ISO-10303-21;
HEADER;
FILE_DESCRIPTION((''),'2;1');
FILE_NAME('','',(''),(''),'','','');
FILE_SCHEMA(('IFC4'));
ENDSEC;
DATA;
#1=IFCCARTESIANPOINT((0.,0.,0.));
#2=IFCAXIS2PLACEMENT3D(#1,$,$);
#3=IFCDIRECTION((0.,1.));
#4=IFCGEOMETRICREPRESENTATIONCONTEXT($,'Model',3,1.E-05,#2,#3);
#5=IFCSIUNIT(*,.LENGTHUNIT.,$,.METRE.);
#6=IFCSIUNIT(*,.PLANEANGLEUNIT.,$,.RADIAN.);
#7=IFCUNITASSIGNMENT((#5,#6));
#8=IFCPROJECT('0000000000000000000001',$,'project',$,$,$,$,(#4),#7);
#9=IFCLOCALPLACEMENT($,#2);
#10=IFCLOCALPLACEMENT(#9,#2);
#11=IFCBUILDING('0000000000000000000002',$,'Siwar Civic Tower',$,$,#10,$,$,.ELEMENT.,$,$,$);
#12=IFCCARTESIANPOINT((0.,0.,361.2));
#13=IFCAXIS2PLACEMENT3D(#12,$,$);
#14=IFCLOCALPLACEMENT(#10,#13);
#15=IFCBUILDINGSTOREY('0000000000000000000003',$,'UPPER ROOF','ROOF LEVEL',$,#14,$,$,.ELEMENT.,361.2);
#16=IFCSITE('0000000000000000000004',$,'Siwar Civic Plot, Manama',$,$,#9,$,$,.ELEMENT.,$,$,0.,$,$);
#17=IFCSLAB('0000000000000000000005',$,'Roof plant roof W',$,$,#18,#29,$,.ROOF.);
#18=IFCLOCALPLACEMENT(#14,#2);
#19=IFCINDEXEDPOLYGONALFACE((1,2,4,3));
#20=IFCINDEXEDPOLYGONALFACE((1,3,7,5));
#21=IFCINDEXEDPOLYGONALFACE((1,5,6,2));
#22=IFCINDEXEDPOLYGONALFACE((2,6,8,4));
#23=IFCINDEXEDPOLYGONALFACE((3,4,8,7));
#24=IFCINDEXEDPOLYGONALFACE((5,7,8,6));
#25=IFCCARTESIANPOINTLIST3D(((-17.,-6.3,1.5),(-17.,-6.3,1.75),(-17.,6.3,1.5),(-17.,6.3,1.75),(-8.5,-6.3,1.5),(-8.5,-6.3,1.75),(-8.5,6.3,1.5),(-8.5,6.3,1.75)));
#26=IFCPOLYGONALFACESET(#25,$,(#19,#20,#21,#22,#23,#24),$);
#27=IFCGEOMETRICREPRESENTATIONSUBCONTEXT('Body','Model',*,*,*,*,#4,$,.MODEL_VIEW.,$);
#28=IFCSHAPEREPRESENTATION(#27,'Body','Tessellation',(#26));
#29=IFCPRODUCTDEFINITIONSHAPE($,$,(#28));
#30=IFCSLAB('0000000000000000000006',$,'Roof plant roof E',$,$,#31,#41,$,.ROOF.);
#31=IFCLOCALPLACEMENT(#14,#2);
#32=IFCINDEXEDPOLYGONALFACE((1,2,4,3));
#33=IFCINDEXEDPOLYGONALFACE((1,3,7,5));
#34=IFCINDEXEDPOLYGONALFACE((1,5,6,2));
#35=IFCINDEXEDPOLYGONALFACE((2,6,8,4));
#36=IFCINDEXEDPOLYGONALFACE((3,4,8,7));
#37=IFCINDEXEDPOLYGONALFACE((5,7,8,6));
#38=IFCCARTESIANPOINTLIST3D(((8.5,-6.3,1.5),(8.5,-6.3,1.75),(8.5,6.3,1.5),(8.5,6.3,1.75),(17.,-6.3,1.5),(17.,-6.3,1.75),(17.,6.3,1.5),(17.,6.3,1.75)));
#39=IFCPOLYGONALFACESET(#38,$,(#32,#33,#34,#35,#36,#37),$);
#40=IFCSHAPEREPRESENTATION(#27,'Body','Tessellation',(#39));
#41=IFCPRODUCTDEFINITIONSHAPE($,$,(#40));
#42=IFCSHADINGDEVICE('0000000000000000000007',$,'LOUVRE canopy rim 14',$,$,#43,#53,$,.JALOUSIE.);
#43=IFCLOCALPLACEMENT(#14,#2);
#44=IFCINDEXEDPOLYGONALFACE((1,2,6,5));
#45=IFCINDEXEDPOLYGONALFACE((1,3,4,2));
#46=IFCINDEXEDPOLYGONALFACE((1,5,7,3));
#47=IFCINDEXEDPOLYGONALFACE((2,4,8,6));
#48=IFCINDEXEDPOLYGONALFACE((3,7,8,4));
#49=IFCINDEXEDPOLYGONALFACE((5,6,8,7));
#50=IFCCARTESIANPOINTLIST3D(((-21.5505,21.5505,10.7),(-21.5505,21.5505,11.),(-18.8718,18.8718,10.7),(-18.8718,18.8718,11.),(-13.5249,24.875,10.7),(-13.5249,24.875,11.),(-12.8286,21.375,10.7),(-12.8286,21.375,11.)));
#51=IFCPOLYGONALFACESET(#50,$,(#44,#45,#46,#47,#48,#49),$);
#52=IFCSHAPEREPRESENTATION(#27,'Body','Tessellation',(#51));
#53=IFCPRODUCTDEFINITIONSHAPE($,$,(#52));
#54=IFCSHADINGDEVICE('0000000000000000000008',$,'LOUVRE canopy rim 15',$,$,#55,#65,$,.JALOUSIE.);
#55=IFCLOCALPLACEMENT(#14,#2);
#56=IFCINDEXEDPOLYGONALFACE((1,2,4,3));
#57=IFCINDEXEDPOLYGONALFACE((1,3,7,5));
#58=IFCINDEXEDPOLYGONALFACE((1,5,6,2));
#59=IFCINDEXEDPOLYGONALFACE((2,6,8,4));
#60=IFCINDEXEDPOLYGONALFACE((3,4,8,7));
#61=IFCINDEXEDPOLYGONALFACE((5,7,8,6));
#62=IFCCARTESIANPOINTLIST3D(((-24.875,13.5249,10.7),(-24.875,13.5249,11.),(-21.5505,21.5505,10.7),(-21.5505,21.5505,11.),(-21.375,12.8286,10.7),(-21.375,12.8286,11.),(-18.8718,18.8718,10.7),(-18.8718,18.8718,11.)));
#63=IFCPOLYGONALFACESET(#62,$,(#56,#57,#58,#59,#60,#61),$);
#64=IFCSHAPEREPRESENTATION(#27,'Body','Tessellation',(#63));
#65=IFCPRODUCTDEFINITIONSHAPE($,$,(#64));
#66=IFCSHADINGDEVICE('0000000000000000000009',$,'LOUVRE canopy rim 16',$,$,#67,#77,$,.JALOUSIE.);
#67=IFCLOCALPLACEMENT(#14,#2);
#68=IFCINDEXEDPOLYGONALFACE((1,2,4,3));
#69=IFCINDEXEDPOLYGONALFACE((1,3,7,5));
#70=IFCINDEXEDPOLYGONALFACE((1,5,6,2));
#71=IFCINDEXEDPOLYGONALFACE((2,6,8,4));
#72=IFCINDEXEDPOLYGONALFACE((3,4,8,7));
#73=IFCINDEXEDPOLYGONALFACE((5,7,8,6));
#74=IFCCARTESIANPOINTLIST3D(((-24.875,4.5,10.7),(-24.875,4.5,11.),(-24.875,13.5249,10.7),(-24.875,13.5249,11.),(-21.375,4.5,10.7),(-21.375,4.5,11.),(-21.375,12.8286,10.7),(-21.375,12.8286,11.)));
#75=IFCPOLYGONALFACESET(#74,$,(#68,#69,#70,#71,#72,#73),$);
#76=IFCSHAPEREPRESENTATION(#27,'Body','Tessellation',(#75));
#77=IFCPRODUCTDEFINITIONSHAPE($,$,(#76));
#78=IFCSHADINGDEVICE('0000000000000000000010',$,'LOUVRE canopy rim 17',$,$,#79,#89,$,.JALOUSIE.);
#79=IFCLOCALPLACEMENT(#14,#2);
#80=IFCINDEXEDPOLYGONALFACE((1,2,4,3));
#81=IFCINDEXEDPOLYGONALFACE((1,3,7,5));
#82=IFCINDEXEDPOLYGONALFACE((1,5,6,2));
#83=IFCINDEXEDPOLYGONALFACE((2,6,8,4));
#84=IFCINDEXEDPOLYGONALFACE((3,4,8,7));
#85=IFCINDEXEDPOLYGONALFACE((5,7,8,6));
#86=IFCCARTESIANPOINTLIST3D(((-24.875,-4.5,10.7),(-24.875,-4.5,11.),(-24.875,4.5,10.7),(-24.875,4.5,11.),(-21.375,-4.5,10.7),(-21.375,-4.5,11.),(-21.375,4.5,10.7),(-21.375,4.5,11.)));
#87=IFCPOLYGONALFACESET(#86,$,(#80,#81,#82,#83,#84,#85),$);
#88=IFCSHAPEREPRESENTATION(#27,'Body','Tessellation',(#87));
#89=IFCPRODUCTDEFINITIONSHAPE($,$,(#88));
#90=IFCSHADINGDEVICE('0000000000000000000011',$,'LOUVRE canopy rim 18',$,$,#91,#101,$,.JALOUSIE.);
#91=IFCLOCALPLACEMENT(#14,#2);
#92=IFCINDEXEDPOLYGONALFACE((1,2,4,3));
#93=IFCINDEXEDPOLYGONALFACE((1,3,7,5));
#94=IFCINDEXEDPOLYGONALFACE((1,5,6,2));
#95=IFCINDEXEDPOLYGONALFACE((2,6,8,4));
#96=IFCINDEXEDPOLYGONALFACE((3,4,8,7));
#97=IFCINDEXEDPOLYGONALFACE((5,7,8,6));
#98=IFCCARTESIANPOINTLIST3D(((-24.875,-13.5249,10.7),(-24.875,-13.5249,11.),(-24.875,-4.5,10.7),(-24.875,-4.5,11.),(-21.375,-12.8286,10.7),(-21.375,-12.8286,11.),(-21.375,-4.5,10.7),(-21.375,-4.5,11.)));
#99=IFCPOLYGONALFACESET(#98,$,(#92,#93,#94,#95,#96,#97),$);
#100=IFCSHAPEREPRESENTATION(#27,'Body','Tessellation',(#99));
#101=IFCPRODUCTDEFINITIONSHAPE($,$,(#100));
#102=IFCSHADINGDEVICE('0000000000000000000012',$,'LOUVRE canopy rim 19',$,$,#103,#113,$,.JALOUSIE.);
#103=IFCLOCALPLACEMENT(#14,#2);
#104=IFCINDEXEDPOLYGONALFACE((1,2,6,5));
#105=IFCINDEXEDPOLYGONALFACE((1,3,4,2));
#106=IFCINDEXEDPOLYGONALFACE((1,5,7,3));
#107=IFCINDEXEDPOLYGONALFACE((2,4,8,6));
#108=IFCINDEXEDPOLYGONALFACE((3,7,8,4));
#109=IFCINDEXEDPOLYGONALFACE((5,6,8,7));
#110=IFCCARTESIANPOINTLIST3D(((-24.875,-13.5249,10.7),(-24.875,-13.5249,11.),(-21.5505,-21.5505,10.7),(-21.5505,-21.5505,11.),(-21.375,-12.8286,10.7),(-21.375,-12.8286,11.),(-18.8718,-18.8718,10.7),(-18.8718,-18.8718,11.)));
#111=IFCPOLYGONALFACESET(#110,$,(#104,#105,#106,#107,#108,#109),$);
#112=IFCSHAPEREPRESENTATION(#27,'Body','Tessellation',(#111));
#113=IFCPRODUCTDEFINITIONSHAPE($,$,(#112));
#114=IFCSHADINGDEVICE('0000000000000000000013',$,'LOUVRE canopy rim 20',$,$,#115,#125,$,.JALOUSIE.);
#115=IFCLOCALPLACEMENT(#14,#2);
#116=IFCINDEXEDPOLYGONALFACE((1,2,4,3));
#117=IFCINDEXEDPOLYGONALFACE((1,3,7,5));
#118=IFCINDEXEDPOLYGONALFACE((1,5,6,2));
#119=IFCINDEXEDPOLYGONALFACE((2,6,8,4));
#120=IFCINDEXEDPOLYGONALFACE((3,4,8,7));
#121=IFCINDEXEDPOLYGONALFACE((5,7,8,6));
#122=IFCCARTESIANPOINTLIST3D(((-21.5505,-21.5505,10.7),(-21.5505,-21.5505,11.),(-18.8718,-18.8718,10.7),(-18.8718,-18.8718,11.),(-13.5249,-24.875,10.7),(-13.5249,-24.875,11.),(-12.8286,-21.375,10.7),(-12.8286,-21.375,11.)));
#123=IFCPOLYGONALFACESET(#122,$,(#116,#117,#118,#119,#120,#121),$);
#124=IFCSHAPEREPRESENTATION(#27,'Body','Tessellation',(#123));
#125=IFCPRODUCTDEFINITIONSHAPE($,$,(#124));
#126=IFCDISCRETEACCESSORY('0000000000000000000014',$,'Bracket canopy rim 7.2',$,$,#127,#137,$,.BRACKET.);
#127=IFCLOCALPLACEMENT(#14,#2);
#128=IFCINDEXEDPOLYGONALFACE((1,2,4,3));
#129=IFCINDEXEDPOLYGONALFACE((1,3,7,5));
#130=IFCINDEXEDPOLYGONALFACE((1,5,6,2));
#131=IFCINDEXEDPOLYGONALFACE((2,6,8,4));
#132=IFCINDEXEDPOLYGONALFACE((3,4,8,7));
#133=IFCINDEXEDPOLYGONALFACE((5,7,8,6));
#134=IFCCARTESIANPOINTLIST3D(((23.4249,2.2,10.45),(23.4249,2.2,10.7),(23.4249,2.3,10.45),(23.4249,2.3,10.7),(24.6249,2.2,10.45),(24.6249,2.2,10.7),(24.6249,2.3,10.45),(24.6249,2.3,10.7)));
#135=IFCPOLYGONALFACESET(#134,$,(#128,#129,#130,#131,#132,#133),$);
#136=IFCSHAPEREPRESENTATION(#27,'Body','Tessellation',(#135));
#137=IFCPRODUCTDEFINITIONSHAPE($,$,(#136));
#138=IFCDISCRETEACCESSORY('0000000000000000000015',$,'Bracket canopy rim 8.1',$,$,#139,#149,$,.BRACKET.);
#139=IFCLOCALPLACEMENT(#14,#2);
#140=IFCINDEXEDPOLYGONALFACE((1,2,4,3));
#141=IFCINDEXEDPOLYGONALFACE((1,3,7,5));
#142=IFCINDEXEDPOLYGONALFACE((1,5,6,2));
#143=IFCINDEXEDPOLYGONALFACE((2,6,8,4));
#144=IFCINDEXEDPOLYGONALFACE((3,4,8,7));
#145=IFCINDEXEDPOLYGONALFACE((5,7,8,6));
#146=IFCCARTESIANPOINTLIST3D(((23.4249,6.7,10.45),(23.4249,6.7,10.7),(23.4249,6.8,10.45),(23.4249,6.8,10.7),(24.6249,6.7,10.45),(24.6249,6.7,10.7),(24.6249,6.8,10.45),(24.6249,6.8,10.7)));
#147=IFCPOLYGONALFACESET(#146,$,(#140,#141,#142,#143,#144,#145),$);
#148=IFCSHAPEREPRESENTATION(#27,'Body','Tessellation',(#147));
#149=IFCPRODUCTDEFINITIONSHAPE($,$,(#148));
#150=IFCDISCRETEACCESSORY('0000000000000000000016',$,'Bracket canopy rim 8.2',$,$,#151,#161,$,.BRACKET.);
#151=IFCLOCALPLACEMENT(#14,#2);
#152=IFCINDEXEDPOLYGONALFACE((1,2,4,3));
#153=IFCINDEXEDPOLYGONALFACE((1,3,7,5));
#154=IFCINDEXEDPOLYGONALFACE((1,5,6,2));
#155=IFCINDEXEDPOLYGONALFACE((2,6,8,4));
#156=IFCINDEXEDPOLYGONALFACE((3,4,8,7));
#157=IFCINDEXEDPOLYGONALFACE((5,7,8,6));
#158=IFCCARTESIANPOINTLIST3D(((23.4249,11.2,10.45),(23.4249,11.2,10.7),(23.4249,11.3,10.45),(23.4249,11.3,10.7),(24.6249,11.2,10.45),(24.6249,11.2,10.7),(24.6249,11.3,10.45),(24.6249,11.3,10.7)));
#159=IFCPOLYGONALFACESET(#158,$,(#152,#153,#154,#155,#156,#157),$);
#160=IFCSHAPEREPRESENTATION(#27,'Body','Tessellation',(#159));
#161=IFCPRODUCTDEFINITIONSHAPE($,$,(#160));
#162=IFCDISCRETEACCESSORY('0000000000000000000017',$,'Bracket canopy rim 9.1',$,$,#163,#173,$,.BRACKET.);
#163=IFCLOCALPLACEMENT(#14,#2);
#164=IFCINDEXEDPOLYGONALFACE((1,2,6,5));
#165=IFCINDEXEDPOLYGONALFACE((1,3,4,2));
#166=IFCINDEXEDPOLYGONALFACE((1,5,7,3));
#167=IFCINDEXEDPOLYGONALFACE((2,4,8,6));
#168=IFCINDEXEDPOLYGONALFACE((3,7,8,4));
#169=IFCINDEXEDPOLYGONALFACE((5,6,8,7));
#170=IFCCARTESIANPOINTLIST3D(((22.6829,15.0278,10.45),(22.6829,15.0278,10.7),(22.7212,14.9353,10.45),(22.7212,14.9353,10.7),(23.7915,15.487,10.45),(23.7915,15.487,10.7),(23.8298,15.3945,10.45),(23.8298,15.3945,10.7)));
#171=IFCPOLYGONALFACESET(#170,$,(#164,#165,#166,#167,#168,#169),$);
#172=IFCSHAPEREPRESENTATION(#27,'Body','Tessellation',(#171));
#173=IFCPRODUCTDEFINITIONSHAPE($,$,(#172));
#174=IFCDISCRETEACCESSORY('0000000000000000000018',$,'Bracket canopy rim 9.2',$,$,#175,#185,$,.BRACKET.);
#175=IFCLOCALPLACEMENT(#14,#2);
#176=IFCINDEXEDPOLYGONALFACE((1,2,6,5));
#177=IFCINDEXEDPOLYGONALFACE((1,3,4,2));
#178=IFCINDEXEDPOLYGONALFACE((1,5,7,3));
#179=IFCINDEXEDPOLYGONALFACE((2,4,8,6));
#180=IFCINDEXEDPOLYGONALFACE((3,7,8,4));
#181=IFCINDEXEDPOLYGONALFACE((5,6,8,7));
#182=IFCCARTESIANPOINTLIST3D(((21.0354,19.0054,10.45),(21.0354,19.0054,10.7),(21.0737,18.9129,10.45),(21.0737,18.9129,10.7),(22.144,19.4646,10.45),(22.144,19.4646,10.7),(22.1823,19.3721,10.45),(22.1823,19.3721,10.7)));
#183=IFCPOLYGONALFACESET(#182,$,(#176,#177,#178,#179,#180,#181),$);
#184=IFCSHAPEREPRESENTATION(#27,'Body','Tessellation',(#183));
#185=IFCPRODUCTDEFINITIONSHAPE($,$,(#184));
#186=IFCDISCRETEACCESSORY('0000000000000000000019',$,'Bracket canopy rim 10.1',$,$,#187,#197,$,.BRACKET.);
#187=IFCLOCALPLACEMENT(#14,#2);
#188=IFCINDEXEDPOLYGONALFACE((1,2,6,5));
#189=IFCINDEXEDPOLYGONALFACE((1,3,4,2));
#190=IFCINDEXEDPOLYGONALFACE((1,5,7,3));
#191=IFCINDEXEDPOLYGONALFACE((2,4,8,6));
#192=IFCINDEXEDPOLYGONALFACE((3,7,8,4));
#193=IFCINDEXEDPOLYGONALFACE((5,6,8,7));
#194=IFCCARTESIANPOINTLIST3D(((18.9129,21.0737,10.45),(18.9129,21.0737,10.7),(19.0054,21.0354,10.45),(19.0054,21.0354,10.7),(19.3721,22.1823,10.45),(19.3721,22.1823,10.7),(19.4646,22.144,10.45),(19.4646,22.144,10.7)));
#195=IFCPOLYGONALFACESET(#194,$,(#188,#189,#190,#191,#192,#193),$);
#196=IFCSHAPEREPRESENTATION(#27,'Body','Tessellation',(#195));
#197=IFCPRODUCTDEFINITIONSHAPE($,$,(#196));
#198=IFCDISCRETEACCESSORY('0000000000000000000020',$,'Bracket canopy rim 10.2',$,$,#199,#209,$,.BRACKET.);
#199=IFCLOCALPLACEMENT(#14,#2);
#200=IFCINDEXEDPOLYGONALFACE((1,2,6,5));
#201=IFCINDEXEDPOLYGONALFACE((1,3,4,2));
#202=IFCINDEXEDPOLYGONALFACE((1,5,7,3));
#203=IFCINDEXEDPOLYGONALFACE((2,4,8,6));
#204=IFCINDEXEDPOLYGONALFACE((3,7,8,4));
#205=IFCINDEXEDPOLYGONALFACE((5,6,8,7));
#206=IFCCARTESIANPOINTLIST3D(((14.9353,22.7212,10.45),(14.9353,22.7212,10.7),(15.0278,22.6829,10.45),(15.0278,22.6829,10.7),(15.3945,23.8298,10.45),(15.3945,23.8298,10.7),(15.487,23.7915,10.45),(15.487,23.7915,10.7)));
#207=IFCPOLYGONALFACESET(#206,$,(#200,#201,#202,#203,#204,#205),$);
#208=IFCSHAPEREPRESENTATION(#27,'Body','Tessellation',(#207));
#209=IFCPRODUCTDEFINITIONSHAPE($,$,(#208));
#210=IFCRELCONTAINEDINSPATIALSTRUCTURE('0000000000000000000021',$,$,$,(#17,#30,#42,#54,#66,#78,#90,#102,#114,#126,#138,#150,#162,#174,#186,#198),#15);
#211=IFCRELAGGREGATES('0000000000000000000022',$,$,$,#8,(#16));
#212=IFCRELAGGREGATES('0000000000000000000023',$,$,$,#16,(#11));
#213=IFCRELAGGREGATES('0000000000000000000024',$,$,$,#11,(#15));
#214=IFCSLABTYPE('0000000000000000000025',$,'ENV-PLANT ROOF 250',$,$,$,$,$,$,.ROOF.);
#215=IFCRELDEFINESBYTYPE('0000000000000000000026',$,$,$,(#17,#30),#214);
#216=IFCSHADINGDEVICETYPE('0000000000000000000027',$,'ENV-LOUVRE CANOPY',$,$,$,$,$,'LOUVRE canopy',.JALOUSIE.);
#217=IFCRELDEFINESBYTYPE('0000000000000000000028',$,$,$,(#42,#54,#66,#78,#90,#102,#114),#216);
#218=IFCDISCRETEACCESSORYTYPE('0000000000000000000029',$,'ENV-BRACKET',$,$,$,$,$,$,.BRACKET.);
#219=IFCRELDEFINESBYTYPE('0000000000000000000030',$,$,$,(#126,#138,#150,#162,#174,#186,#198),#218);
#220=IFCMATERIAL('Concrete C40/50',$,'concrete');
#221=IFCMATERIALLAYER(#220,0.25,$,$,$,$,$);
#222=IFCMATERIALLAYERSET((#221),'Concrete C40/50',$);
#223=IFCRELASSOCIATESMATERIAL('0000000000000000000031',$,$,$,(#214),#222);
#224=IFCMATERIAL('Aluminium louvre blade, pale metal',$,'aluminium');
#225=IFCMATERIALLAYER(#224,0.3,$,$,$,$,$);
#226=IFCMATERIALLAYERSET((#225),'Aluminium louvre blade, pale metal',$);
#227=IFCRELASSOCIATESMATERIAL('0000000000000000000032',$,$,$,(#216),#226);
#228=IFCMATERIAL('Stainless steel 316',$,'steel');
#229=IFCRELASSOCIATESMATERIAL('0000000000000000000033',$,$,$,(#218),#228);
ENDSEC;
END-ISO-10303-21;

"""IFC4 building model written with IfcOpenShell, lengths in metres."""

from ifc_helpers import new_model, si_unit, direction, frame, origin, origin_2d, place, context, subcontext, project, spatial, polyline, rectangle, outline, extrude, material, layer, layer_set, type_object, element, save


model = new_model("IFC4")

# Units and contexts
model_context = context("Model", 3, precision=1e-05, world=origin(), true_north=direction((0.0, 1.0)))
body_context = subcontext(model_context, "Body", "Model", "MODEL_VIEW")
ifc_project = project(units=[si_unit("LENGTHUNIT", "METRE"), si_unit("PLANEANGLEUNIT", "RADIAN")], contexts=[model_context])

# Site, building, storey
site_placement = place(None, origin())
site = spatial("IfcSite", under=ifc_project, at=site_placement, Name="Siwar Civic Plot, Manama", CompositionType="ELEMENT", RefElevation=0.0)
building_placement = place(site_placement, origin())
building = spatial("IfcBuilding", under=site, at=building_placement, Name="Siwar Civic Tower", CompositionType="ELEMENT")
storey_placement = place(building_placement, frame((0.0, 0.0, 361.2)))
storey = spatial("IfcBuildingStorey", under=building, at=storey_placement, Name="UPPER ROOF", Description="ROOF LEVEL", CompositionType="ELEMENT", Elevation=361.2)

# Slabs
ifc_material_1 = material(Name="Concrete C40/50", Category="concrete")
ifc_layer_1 = layer(ifc_material_1, 0.25)
ifc_layer_set_1 = layer_set([ifc_layer_1], Name="Concrete C40/50")
slab_type = type_object("IfcSlabType", Name="ENV-PLANT ROOF 250", PredefinedType="ROOF", material=ifc_layer_set_1)
slab_1_placement = place(storey_placement, frame((0.0, 0.0, 1.5)))
element("IfcSlab", 1, at=slab_1_placement, inside=storey, type_object=slab_type, Name="Roof plant roof W", PredefinedType="ROOF", context=body_context, shape_type="SweptSolid", body=[
    extrude(outline(polyline([(-17.0, -6.3), (-8.5, -6.3), (-8.5, 6.3), (-17.0, 6.3), (-17.0, -6.3)])), origin(), (0.0, 0.0, 1.0), 0.25),
])
slab_2_placement = place(storey_placement, frame((0.0, 0.0, 1.5)))
element("IfcSlab", 2, at=slab_2_placement, inside=storey, type_object=slab_type, Name="Roof plant roof E", PredefinedType="ROOF", context=body_context, shape_type="SweptSolid", body=[
    extrude(outline(polyline([(8.5, -6.3), (17.0, -6.3), (17.0, 6.3), (8.5, 6.3), (8.5, -6.3)])), origin(), (0.0, 0.0, 1.0), 0.25),
])

# Shading devices
ifc_material_2 = material(Name="Aluminium louvre blade, pale metal", Category="aluminium")
ifc_layer_2 = layer(ifc_material_2, 0.3)
ifc_layer_set_2 = layer_set([ifc_layer_2], Name="Aluminium louvre blade, pale metal")
shading_device_type = type_object("IfcShadingDeviceType", Name="ENV-LOUVRE CANOPY", ElementType="LOUVRE canopy", PredefinedType="JALOUSIE", material=ifc_layer_set_2)
shading_device_1_placement = place(storey_placement, frame((0.0, 0.0, 10.7)))
element("IfcShadingDevice", 3, at=shading_device_1_placement, inside=storey, type_object=shading_device_type, Name="LOUVRE canopy rim 14", PredefinedType="JALOUSIE", context=body_context, shape_type="SweptSolid", body=[
    extrude(outline(polyline([(-13.5249, 24.875), (-21.5505, 21.5505), (-18.8718, 18.8718), (-12.8286, 21.375), (-13.5249, 24.875)])), origin(), (0.0, 0.0, 1.0), 0.3),
])
shading_device_2_placement = place(storey_placement, frame((0.0, 0.0, 10.7)))
element("IfcShadingDevice", 4, at=shading_device_2_placement, inside=storey, type_object=shading_device_type, Name="LOUVRE canopy rim 15", PredefinedType="JALOUSIE", context=body_context, shape_type="SweptSolid", body=[
    extrude(outline(polyline([(-21.5505, 21.5505), (-24.875, 13.5249), (-21.375, 12.8286), (-18.8718, 18.8718), (-21.5505, 21.5505)])), origin(), (0.0, 0.0, 1.0), 0.3),
])
shading_device_3_placement = place(storey_placement, frame((0.0, 0.0, 10.7)))
element("IfcShadingDevice", 5, at=shading_device_3_placement, inside=storey, type_object=shading_device_type, Name="LOUVRE canopy rim 16", PredefinedType="JALOUSIE", context=body_context, shape_type="SweptSolid", body=[
    extrude(outline(polyline([(-24.875, 13.5249), (-24.875, 4.5), (-21.375, 4.5), (-21.375, 12.8286), (-24.875, 13.5249)])), origin(), (0.0, 0.0, 1.0), 0.3),
])
shading_device_4_placement = place(storey_placement, frame((0.0, 0.0, 10.7)))
element("IfcShadingDevice", 6, at=shading_device_4_placement, inside=storey, type_object=shading_device_type, Name="LOUVRE canopy rim 17", PredefinedType="JALOUSIE", context=body_context, shape_type="SweptSolid", body=[
    extrude(outline(polyline([(-24.875, 4.5), (-24.875, -4.5), (-21.375, -4.5), (-21.375, 4.5), (-24.875, 4.5)])), origin(), (0.0, 0.0, 1.0), 0.3),
])
shading_device_5_placement = place(storey_placement, frame((0.0, 0.0, 10.7)))
element("IfcShadingDevice", 7, at=shading_device_5_placement, inside=storey, type_object=shading_device_type, Name="LOUVRE canopy rim 18", PredefinedType="JALOUSIE", context=body_context, shape_type="SweptSolid", body=[
    extrude(outline(polyline([(-24.875, -4.5), (-24.875, -13.5249), (-21.375, -12.8286), (-21.375, -4.5), (-24.875, -4.5)])), origin(), (0.0, 0.0, 1.0), 0.3),
])
shading_device_6_placement = place(storey_placement, frame((0.0, 0.0, 10.7)))
element("IfcShadingDevice", 8, at=shading_device_6_placement, inside=storey, type_object=shading_device_type, Name="LOUVRE canopy rim 19", PredefinedType="JALOUSIE", context=body_context, shape_type="SweptSolid", body=[
    extrude(outline(polyline([(-24.875, -13.5249), (-21.5505, -21.5505), (-18.8718, -18.8718), (-21.375, -12.8286), (-24.875, -13.5249)])), origin(), (0.0, 0.0, 1.0), 0.3),
])
shading_device_7_placement = place(storey_placement, frame((0.0, 0.0, 10.7)))
element("IfcShadingDevice", 9, at=shading_device_7_placement, inside=storey, type_object=shading_device_type, Name="LOUVRE canopy rim 20", PredefinedType="JALOUSIE", context=body_context, shape_type="SweptSolid", body=[
    extrude(outline(polyline([(-21.5505, -21.5505), (-13.5249, -24.875), (-12.8286, -21.375), (-18.8718, -18.8718), (-21.5505, -21.5505)])), origin(), (0.0, 0.0, 1.0), 0.3),
])

# Discrete accessories
ifc_material_3 = material(Name="Stainless steel 316", Category="steel")
discrete_accessory_type = type_object("IfcDiscreteAccessoryType", Name="ENV-BRACKET", PredefinedType="BRACKET", material=ifc_material_3)
for number, where, z_axis, x_axis, name in (
    (10, (24.0249, 2.25, 10.45), (0.0, 0.0, 1.0), (0.0, 1.0, 0.0), "Bracket canopy rim 7.2"),
    (11, (24.0249, 6.75, 10.45), (0.0, 0.0, 1.0), (0.0, 1.0, 0.0), "Bracket canopy rim 8.1"),
    (12, (24.0249, 11.25, 10.45), (0.0, 0.0, 1.0), (0.0, 1.0, 0.0), "Bracket canopy rim 8.2"),
    (13, (23.2563, 15.2112, 10.45), (0.0, 0.0, 1.0), (-0.382683, 0.92388, 0.0), "Bracket canopy rim 9.1"),
    (14, (21.6089, 19.1887, 10.45), (0.0, 0.0, 1.0), (-0.382683, 0.92388, 0.0), "Bracket canopy rim 9.2"),
    (15, (19.1887, 21.6089, 10.45), (0.0, 0.0, 1.0), (-0.92388, 0.382683, 0.0), "Bracket canopy rim 10.1"),
    (16, (15.2112, 23.2563, 10.45), (0.0, 0.0, 1.0), (-0.92388, 0.382683, 0.0), "Bracket canopy rim 10.2"),
):
    element("IfcDiscreteAccessory", number, at=place(storey_placement, frame(where, z_axis=z_axis, x_axis=x_axis)), inside=storey, type_object=discrete_accessory_type, Name=name, PredefinedType="BRACKET", context=body_context, shape_type="SweptSolid", body=[
        extrude(rectangle(XDim=0.1001, YDim=1.2, at=origin_2d()), origin(), (0.0, 0.0, 1.0), 0.25),
    ])

save(model, "model.ifc")
